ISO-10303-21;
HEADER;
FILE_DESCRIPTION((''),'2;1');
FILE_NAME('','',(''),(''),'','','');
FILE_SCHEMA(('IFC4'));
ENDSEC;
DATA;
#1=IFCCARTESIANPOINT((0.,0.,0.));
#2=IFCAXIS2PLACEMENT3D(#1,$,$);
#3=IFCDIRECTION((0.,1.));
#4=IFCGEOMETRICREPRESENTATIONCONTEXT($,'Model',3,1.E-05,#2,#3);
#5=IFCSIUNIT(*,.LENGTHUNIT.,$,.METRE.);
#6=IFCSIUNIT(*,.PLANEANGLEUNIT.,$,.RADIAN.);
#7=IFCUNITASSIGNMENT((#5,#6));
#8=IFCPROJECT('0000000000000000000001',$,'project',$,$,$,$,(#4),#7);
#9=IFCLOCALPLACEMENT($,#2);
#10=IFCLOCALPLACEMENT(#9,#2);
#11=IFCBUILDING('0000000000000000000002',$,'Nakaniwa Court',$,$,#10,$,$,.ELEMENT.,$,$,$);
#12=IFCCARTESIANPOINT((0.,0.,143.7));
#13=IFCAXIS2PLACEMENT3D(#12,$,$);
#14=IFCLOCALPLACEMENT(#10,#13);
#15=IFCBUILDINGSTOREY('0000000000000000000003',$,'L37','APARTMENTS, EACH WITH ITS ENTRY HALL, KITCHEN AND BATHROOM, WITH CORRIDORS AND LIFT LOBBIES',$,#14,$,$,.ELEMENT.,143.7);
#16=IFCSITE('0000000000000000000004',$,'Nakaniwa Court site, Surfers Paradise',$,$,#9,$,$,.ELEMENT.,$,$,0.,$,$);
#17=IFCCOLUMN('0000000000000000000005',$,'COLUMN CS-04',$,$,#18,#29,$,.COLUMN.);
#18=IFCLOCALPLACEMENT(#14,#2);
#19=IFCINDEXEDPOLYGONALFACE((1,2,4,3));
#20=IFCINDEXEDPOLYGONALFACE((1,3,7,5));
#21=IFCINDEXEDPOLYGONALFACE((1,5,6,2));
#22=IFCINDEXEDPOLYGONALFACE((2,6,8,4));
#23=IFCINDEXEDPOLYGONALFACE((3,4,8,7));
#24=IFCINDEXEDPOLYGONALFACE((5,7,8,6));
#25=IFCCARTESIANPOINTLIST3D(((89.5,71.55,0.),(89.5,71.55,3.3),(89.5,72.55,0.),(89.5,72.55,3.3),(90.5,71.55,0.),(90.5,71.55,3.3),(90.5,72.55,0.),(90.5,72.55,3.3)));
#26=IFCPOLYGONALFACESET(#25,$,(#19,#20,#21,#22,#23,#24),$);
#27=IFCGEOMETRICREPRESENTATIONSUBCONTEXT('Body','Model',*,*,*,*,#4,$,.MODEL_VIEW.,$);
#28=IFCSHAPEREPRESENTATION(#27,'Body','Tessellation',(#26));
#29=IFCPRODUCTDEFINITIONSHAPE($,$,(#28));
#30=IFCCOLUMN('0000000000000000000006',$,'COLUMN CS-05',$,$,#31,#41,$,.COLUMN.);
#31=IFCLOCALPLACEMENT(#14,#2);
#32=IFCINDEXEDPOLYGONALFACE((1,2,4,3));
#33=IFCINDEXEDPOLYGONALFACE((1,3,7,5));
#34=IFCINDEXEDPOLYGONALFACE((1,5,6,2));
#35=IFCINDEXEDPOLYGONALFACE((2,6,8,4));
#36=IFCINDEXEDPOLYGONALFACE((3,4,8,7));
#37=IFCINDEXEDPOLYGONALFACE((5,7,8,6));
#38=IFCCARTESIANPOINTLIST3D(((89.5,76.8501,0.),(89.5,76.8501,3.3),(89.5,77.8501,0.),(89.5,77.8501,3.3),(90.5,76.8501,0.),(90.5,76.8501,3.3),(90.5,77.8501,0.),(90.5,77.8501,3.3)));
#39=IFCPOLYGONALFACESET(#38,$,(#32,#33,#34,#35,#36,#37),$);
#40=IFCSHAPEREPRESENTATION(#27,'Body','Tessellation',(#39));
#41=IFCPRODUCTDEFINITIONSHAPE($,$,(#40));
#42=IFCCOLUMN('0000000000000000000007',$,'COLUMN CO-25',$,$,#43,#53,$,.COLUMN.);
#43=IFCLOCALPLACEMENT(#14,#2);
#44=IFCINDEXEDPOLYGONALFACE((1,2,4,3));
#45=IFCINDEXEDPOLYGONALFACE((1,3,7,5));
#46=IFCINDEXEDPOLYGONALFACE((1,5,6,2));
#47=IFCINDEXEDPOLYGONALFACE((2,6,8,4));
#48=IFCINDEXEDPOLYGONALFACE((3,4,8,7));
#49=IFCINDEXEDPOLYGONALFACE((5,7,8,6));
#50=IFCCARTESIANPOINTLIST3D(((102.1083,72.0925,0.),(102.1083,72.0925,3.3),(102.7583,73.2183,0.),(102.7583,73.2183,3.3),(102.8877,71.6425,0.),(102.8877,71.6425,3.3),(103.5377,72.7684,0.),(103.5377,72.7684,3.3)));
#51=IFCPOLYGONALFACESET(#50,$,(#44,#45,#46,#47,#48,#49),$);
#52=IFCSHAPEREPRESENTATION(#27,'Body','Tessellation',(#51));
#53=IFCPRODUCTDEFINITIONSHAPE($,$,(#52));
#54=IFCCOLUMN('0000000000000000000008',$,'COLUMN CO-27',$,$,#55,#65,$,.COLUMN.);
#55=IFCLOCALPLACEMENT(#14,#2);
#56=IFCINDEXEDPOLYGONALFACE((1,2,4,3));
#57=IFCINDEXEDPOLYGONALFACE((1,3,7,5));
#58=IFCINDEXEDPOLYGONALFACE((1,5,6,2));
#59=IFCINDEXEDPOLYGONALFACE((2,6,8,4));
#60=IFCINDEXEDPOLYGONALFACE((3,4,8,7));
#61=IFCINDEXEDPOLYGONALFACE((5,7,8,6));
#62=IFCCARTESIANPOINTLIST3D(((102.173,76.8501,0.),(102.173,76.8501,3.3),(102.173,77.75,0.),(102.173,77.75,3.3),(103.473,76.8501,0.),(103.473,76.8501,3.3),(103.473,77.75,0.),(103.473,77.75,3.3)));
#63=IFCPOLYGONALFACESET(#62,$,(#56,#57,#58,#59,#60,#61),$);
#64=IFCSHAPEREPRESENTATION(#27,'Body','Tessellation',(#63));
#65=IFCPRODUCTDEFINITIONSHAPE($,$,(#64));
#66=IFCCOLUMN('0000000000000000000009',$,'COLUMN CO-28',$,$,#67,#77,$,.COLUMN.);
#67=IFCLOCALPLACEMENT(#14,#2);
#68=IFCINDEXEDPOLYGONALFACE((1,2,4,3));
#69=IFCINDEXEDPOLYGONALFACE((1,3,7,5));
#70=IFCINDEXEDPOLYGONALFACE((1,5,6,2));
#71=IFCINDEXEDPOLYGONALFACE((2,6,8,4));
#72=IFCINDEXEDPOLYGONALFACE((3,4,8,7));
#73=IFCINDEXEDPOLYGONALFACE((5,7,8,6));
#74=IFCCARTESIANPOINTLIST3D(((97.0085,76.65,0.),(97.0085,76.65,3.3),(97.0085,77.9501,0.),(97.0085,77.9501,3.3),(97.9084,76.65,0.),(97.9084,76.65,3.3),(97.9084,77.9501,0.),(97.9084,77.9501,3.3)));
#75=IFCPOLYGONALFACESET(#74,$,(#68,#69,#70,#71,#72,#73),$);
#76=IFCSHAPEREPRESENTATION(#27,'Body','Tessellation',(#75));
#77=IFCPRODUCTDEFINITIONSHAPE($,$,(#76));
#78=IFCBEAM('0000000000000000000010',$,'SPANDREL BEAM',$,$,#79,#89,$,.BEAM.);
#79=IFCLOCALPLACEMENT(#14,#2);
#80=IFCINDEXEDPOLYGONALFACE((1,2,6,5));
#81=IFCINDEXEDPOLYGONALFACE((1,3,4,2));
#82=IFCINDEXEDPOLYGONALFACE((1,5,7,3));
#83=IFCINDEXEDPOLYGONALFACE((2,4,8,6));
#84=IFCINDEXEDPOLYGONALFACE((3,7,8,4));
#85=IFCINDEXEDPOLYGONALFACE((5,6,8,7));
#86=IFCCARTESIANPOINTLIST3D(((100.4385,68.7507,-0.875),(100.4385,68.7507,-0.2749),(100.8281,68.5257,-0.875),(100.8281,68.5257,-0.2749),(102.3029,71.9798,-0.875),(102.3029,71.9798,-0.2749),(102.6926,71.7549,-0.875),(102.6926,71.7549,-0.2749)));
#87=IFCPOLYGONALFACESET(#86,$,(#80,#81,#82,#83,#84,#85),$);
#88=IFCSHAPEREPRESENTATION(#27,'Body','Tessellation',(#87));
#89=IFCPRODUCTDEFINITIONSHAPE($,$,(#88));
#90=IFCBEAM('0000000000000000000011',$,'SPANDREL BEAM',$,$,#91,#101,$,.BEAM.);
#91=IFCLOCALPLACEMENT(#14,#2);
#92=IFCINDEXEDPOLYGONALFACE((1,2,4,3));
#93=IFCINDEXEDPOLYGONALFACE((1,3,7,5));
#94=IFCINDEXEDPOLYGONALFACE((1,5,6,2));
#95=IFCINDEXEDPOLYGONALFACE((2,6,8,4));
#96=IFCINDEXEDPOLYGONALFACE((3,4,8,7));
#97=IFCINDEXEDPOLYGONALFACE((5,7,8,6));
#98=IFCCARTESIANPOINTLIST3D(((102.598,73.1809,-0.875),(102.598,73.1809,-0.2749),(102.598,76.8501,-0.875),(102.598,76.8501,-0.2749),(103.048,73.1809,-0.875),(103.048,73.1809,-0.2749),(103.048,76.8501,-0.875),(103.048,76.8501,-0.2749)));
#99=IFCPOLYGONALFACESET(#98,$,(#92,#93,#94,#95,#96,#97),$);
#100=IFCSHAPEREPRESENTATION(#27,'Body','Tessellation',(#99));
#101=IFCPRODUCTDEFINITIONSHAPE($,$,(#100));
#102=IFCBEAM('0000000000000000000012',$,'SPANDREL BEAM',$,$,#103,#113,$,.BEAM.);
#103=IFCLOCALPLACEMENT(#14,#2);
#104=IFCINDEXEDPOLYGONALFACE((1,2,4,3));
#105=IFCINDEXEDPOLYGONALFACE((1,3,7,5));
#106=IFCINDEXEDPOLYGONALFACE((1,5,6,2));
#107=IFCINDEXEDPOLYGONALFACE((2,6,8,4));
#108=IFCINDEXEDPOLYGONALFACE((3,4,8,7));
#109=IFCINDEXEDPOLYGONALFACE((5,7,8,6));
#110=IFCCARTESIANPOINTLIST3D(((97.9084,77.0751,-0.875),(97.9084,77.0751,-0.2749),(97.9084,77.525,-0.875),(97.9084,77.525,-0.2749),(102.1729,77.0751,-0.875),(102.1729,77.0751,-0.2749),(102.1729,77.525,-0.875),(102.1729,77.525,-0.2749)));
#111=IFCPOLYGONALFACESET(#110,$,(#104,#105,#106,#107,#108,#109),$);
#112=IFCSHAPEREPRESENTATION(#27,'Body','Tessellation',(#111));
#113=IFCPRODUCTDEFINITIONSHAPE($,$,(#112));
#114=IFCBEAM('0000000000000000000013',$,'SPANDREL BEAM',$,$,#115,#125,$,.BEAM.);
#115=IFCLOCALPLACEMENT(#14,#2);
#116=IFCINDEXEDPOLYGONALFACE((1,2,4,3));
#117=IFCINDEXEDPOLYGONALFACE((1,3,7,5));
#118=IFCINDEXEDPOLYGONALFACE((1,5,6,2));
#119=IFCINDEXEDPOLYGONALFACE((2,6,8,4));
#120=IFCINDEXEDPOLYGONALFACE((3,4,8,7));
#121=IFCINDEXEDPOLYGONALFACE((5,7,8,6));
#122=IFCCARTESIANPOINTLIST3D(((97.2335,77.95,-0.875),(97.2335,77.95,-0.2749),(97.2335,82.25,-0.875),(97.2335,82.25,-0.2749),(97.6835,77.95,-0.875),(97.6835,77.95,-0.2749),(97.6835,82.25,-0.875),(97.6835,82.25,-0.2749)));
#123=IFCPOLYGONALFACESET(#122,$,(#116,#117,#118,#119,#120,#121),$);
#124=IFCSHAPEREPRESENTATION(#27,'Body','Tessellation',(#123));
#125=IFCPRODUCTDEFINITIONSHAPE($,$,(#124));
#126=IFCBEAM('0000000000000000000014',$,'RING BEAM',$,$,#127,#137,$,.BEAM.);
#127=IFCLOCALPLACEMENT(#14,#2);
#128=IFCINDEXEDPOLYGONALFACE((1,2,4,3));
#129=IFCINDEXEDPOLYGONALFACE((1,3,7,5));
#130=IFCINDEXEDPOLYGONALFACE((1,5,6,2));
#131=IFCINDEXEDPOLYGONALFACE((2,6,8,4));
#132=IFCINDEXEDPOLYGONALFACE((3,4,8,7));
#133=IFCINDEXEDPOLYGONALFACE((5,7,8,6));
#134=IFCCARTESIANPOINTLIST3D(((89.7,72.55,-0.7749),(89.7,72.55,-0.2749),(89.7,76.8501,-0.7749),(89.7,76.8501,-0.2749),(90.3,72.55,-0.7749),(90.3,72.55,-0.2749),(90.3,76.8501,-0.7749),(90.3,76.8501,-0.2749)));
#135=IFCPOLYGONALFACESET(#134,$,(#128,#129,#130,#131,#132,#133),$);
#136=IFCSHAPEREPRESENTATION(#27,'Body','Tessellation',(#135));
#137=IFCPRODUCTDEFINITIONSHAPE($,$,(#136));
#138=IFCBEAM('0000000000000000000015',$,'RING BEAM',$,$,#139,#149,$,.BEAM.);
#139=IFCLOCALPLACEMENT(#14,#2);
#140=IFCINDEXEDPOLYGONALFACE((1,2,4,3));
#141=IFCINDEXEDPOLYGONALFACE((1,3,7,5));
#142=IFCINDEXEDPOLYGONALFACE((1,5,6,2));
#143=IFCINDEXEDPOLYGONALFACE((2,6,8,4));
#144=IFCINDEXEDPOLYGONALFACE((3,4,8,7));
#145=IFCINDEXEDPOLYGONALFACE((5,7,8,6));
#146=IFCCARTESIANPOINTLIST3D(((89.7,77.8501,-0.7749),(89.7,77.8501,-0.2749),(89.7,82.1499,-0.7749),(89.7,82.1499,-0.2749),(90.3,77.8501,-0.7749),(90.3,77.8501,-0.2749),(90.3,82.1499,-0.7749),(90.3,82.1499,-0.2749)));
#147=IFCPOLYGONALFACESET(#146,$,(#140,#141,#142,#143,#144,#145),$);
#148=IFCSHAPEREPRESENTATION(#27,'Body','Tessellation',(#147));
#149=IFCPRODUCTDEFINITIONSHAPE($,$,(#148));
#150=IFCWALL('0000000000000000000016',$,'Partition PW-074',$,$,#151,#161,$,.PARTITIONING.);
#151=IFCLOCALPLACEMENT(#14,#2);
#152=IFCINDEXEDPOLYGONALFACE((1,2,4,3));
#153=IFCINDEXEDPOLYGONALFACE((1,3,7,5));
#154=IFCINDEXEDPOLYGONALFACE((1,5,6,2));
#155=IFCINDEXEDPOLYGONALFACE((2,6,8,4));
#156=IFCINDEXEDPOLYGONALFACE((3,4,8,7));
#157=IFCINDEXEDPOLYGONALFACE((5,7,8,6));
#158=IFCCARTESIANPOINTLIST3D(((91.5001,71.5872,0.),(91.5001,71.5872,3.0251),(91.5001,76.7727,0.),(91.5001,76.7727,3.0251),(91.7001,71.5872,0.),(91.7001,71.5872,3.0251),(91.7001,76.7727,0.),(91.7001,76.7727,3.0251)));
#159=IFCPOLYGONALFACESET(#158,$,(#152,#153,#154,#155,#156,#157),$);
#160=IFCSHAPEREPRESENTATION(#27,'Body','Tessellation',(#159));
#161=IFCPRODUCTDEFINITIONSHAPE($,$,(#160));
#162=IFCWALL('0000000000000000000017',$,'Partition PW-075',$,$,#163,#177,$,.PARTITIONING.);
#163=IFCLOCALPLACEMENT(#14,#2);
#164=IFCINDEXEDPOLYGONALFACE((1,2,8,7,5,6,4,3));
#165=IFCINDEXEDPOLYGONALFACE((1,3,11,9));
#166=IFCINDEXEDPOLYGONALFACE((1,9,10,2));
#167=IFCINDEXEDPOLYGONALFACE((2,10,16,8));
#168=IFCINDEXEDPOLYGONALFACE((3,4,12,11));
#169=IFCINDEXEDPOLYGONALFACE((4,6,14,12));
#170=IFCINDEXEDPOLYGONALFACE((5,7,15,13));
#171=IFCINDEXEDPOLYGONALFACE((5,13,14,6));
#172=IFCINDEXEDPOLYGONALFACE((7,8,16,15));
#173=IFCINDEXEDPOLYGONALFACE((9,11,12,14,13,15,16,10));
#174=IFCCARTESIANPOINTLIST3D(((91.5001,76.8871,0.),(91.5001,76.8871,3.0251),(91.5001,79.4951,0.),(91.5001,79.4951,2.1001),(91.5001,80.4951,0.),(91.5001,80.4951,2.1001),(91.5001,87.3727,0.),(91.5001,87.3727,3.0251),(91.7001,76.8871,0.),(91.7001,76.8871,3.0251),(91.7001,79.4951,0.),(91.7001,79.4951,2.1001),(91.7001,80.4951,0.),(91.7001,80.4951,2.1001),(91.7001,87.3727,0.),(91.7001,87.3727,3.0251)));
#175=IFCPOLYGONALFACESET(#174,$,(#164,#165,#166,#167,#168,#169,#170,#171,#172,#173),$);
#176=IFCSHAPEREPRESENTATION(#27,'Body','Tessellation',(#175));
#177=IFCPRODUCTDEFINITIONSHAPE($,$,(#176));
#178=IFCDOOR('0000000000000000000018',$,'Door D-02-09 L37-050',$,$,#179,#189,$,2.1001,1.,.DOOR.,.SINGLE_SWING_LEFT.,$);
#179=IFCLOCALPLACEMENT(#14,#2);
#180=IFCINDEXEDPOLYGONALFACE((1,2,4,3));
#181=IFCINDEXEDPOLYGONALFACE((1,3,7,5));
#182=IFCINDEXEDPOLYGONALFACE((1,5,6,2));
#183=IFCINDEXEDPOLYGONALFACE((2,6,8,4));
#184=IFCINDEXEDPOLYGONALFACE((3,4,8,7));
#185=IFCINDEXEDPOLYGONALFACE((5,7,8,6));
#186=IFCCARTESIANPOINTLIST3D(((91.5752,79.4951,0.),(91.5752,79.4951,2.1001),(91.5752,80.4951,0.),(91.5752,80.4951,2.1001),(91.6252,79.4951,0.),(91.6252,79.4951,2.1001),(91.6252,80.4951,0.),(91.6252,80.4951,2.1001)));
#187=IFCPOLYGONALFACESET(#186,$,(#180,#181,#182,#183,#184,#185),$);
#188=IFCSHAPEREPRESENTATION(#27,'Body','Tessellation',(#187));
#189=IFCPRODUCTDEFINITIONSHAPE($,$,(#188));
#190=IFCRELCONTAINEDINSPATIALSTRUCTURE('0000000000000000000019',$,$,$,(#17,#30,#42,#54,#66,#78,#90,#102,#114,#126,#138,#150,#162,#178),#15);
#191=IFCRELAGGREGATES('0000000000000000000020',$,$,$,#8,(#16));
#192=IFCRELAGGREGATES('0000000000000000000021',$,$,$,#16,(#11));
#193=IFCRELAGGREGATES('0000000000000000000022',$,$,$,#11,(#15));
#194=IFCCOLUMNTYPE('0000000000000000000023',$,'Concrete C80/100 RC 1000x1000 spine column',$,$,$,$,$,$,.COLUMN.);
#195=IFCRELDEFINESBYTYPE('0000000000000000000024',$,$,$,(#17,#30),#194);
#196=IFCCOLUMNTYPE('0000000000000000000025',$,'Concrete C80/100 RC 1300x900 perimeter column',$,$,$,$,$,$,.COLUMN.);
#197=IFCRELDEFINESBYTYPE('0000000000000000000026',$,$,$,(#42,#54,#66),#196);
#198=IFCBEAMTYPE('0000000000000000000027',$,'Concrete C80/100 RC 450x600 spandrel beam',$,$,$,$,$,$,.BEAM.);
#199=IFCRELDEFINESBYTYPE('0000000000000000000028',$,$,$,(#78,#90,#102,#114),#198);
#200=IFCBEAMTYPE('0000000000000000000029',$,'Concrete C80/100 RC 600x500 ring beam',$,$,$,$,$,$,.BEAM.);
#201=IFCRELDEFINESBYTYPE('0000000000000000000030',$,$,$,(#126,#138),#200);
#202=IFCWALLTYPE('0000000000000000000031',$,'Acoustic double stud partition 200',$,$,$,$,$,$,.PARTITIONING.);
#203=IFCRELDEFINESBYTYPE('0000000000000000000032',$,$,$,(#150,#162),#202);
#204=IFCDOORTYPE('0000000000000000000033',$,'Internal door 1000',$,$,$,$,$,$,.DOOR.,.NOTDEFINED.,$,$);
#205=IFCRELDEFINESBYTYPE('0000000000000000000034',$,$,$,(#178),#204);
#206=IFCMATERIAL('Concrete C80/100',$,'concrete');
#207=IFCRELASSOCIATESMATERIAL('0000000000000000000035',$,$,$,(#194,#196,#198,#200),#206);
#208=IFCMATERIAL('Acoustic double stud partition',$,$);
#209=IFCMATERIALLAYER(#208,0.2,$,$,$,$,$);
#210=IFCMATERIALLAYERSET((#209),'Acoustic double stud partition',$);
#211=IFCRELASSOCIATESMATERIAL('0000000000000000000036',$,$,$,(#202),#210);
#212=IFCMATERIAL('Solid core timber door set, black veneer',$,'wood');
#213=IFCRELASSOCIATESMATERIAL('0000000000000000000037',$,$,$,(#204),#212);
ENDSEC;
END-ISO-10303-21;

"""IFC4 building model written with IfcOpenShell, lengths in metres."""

from ifc_helpers import new_model, si_unit, direction, frame, frame_2d, origin, origin_2d, place, context, subcontext, project, spatial, rectangle, extrude, material, layer, layer_set, material_profile, profile_set, type_object, element, fill, save


model = new_model("IFC4")

# Units and contexts
model_context = context("Model", 3, precision=1e-05, world=origin(), true_north=direction((0.0, 1.0)))
body_context = subcontext(model_context, "Body", "Model", "MODEL_VIEW")
ifc_project = project(units=[si_unit("LENGTHUNIT", "METRE"), si_unit("PLANEANGLEUNIT", "RADIAN")], contexts=[model_context])

# Site, building, storey
site_placement = place(None, origin())
site = spatial("IfcSite", under=ifc_project, at=site_placement, Name="Nakaniwa Court site, Surfers Paradise", CompositionType="ELEMENT", RefElevation=0.0)
building_placement = place(site_placement, origin())
building = spatial("IfcBuilding", under=site, at=building_placement, Name="Nakaniwa Court", CompositionType="ELEMENT")
storey_placement = place(building_placement, frame((0.0, 0.0, 143.7)))
storey = spatial("IfcBuildingStorey", under=building, at=storey_placement, Name="L37", Description="APARTMENTS, EACH WITH ITS ENTRY HALL, KITCHEN AND BATHROOM, WITH CORRIDORS AND LIFT LOBBIES", CompositionType="ELEMENT", Elevation=143.7)

# Columns
ifc_material_1 = material(Name="Concrete C80/100", Category="concrete")
ifc_material_profile_1 = material_profile(ifc_material_1, rectangle(XDim=1.0, YDim=1.0, at=origin_2d()), Name="Concrete C80/100 RC 1000x1000 spine column")
ifc_profile_set_1 = profile_set([ifc_material_profile_1], Name="Concrete C80/100")
column_type_1 = type_object("IfcColumnType", Name="Concrete C80/100 RC 1000x1000 spine column", PredefinedType="COLUMN", material=ifc_profile_set_1)
for number, where, z_axis, x_axis, name in (
    (1, (90.0, 72.05, 0.0), (0.0, 0.0, 1.0), (0.0, 1.0, 0.0), "COLUMN CS-04"),
    (2, (90.0, 77.3501, 0.0), (0.0, 0.0, 1.0), (0.0, 1.0, 0.0), "COLUMN CS-05"),
):
    element("IfcColumn", number, at=place(storey_placement, frame(where, z_axis=z_axis, x_axis=x_axis)), inside=storey, type_object=column_type_1, Name=name, PredefinedType="COLUMN", context=body_context, shape_type="SweptSolid", body=[
        extrude(rectangle(XDim=1.0, YDim=1.0, at=origin_2d()), origin(), (0.0, 0.0, 1.0), 3.3),
    ])
ifc_material_profile_2 = material_profile(ifc_material_1, rectangle(XDim=1.3, YDim=0.8999, at=origin_2d()), Name="Concrete C80/100 RC 1300x900 perimeter column")
ifc_profile_set_2 = profile_set([ifc_material_profile_2], Name="Concrete C80/100")
column_type_2 = type_object("IfcColumnType", Name="Concrete C80/100 RC 1300x900 perimeter column", PredefinedType="COLUMN", material=ifc_profile_set_2)
for number, where, z_axis, x_axis, name in (
    (3, (102.823, 72.4304, 0.0), (0.0, 0.0, 1.0), (0.5, 0.866025, 0.0), "COLUMN CO-25"),
    (4, (102.823, 77.3, 0.0), (0.0, 0.0, 1.0), (-1.0, 0.0, 0.0), "COLUMN CO-27"),
    (5, (97.4585, 77.3, 0.0), (0.0, 0.0, 1.0), (0.0, 1.0, 0.0), "COLUMN CO-28"),
):
    element("IfcColumn", number, at=place(storey_placement, frame(where, z_axis=z_axis, x_axis=x_axis)), inside=storey, type_object=column_type_2, Name=name, PredefinedType="COLUMN", context=body_context, shape_type="SweptSolid", body=[
        extrude(rectangle(XDim=1.3, YDim=0.8999, at=origin_2d()), origin(), (0.0, 0.0, 1.0), 3.3),
    ])

# Beams
ifc_material_profile_3 = material_profile(ifc_material_1, rectangle(XDim=0.45, YDim=0.6001, at=origin_2d()), Name="Concrete C80/100 RC 450x600 spandrel beam")
ifc_profile_set_3 = profile_set([ifc_material_profile_3], Name="Concrete C80/100")
beam_type_1 = type_object("IfcBeamType", Name="Concrete C80/100 RC 450x600 spandrel beam", PredefinedType="BEAM", material=ifc_profile_set_3)
beam_1_placement = place(storey_placement, frame((100.6333, 68.6382, -0.575), z_axis=(0.500019, 0.866014, 0.0), x_axis=(-0.866014, 0.500019, 0.0)))
element("IfcBeam", 6, at=beam_1_placement, inside=storey, type_object=beam_type_1, Name="SPANDREL BEAM", PredefinedType="BEAM", context=body_context, shape_type="SweptSolid", body=[
    extrude(rectangle(XDim=0.45, YDim=0.6001, at=origin_2d()), origin(), (0.0, 0.0, 1.0), 3.7288),
])
beam_2_placement = place(storey_placement, frame((102.823, 73.1809, -0.575), z_axis=(0.0, 1.0, 0.0), x_axis=(-1.0, 0.0, 0.0)))
element("IfcBeam", 7, at=beam_2_placement, inside=storey, type_object=beam_type_1, Name="SPANDREL BEAM", PredefinedType="BEAM", context=body_context, shape_type="SweptSolid", body=[
    extrude(rectangle(XDim=0.45, YDim=0.6001, at=origin_2d()), origin(), (0.0, 0.0, 1.0), 3.6692),
])
beam_3_placement = place(storey_placement, frame((102.1729, 77.3, -0.575), z_axis=(-1.0, 0.0, 0.0), x_axis=(0.0, -1.0, 0.0)))
element("IfcBeam", 8, at=beam_3_placement, inside=storey, type_object=beam_type_1, Name="SPANDREL BEAM", PredefinedType="BEAM", context=body_context, shape_type="SweptSolid", body=[
    extrude(rectangle(XDim=0.45, YDim=0.6001, at=origin_2d()), origin(), (0.0, 0.0, 1.0), 4.2644),
])
beam_4_placement = place(storey_placement, frame((97.4585, 77.95, -0.575), z_axis=(0.0, 1.0, 0.0), x_axis=(-1.0, 0.0, 0.0)))
element("IfcBeam", 9, at=beam_4_placement, inside=storey, type_object=beam_type_1, Name="SPANDREL BEAM", PredefinedType="BEAM", context=body_context, shape_type="SweptSolid", body=[
    extrude(rectangle(XDim=0.45, YDim=0.6001, at=origin_2d()), origin(), (0.0, 0.0, 1.0), 4.3),
])
ifc_material_profile_4 = material_profile(ifc_material_1, rectangle(XDim=0.6001, YDim=0.5, at=origin_2d()), Name="Concrete C80/100 RC 600x500 ring beam")
ifc_profile_set_4 = profile_set([ifc_material_profile_4], Name="Concrete C80/100")
beam_type_2 = type_object("IfcBeamType", Name="Concrete C80/100 RC 600x500 ring beam", PredefinedType="BEAM", material=ifc_profile_set_4)
beam_5_placement = place(storey_placement, frame((90.0, 72.55, -0.5249), z_axis=(0.0, 1.0, 0.0), x_axis=(-1.0, 0.0, 0.0)))
element("IfcBeam", 10, at=beam_5_placement, inside=storey, type_object=beam_type_2, Name="RING BEAM", PredefinedType="BEAM", context=body_context, shape_type="SweptSolid", body=[
    extrude(rectangle(XDim=0.6001, YDim=0.5, at=origin_2d()), origin(), (0.0, 0.0, 1.0), 4.3),
])
beam_6_placement = place(storey_placement, frame((90.0, 77.8501, -0.5249), z_axis=(0.0, 1.0, 0.0), x_axis=(-1.0, 0.0, 0.0)))
element("IfcBeam", 11, at=beam_6_placement, inside=storey, type_object=beam_type_2, Name="RING BEAM", PredefinedType="BEAM", context=body_context, shape_type="SweptSolid", body=[
    extrude(rectangle(XDim=0.6001, YDim=0.5, at=origin_2d()), origin(), (0.0, 0.0, 1.0), 4.2998),
])

# Wall
ifc_material_2 = material(Name="Acoustic double stud partition")
ifc_layer_1 = layer(ifc_material_2, 0.2)
ifc_layer_set_1 = layer_set([ifc_layer_1], Name="Acoustic double stud partition")
wall_type_1 = type_object("IfcWallType", Name="Acoustic double stud partition 200", PredefinedType="PARTITIONING", material=ifc_layer_set_1)
wall_1_placement = place(storey_placement, frame((91.6001, 71.5872, 0.0), z_axis=(0.0, 0.0, 1.0), x_axis=(0.0, 1.0, 0.0)))
element("IfcWall", 12, at=wall_1_placement, inside=storey, type_object=wall_type_1, Name="Partition PW-074", PredefinedType="PARTITIONING", context=body_context, shape_type="SweptSolid", body=[
    extrude(rectangle(XDim=5.1855, YDim=0.2, at=frame_2d((2.5928, 0.0))), origin(), (0.0, 0.0, 1.0), 3.0251),
])

# Wall, opening, door
wall_2_placement = place(storey_placement, frame((91.6001, 76.8872, 0.0), z_axis=(0.0, 0.0, 1.0), x_axis=(0.0, 1.0, 0.0)))
wall_2 = element("IfcWall", 13, at=wall_2_placement, inside=storey, type_object=wall_type_1, Name="Partition PW-075", PredefinedType="PARTITIONING", context=body_context, shape_type="SweptSolid", body=[
    extrude(rectangle(XDim=10.4856, YDim=0.2, at=frame_2d((5.2427, 0.0))), origin(), (0.0, 0.0, 1.0), 3.0251),
])
opening_1_placement = place(wall_2_placement, frame((2.6079, 0.0, 0.0)))
opening_1 = element("IfcOpeningElement", 14, at=opening_1_placement, cuts=wall_2, PredefinedType="OPENING", context=body_context, shape_type="SweptSolid", body=[
    extrude(rectangle(XDim=1.0, YDim=2.1001, at=frame_2d((0.5, 1.05))), frame((0.0, 0.1099, 0.0), z_axis=(0.0, -1.0, 0.0), x_axis=(1.0, 0.0, 0.0)), (0.0, 0.0, 1.0), 0.22),
])
ifc_material_3 = material(Name="Solid core timber door set, black veneer", Category="wood")
door_type_1 = type_object("IfcDoorType", Name="Internal door 1000", OperationType="NOTDEFINED", PredefinedType="DOOR", material=ifc_material_3)
door_1_placement = place(opening_1_placement, origin())
door_1 = element("IfcDoor", 15, at=door_1_placement, inside=storey, type_object=door_type_1, Name="Door D-02-09 L37-050", OperationType="SINGLE_SWING_LEFT", OverallHeight=2.1001, OverallWidth=1.0, PredefinedType="DOOR", context=body_context, shape_type="SweptSolid", body=[
    extrude(rectangle(XDim=1.0, YDim=2.1001, at=frame_2d((0.5, 1.05))), frame((0.0, 0.0249, 0.0), z_axis=(0.0, -1.0, 0.0), x_axis=(1.0, 0.0, 0.0)), (0.0, 0.0, 1.0), 0.05),
])
fill(opening_1, door_1)

save(model, "model.ifc")
